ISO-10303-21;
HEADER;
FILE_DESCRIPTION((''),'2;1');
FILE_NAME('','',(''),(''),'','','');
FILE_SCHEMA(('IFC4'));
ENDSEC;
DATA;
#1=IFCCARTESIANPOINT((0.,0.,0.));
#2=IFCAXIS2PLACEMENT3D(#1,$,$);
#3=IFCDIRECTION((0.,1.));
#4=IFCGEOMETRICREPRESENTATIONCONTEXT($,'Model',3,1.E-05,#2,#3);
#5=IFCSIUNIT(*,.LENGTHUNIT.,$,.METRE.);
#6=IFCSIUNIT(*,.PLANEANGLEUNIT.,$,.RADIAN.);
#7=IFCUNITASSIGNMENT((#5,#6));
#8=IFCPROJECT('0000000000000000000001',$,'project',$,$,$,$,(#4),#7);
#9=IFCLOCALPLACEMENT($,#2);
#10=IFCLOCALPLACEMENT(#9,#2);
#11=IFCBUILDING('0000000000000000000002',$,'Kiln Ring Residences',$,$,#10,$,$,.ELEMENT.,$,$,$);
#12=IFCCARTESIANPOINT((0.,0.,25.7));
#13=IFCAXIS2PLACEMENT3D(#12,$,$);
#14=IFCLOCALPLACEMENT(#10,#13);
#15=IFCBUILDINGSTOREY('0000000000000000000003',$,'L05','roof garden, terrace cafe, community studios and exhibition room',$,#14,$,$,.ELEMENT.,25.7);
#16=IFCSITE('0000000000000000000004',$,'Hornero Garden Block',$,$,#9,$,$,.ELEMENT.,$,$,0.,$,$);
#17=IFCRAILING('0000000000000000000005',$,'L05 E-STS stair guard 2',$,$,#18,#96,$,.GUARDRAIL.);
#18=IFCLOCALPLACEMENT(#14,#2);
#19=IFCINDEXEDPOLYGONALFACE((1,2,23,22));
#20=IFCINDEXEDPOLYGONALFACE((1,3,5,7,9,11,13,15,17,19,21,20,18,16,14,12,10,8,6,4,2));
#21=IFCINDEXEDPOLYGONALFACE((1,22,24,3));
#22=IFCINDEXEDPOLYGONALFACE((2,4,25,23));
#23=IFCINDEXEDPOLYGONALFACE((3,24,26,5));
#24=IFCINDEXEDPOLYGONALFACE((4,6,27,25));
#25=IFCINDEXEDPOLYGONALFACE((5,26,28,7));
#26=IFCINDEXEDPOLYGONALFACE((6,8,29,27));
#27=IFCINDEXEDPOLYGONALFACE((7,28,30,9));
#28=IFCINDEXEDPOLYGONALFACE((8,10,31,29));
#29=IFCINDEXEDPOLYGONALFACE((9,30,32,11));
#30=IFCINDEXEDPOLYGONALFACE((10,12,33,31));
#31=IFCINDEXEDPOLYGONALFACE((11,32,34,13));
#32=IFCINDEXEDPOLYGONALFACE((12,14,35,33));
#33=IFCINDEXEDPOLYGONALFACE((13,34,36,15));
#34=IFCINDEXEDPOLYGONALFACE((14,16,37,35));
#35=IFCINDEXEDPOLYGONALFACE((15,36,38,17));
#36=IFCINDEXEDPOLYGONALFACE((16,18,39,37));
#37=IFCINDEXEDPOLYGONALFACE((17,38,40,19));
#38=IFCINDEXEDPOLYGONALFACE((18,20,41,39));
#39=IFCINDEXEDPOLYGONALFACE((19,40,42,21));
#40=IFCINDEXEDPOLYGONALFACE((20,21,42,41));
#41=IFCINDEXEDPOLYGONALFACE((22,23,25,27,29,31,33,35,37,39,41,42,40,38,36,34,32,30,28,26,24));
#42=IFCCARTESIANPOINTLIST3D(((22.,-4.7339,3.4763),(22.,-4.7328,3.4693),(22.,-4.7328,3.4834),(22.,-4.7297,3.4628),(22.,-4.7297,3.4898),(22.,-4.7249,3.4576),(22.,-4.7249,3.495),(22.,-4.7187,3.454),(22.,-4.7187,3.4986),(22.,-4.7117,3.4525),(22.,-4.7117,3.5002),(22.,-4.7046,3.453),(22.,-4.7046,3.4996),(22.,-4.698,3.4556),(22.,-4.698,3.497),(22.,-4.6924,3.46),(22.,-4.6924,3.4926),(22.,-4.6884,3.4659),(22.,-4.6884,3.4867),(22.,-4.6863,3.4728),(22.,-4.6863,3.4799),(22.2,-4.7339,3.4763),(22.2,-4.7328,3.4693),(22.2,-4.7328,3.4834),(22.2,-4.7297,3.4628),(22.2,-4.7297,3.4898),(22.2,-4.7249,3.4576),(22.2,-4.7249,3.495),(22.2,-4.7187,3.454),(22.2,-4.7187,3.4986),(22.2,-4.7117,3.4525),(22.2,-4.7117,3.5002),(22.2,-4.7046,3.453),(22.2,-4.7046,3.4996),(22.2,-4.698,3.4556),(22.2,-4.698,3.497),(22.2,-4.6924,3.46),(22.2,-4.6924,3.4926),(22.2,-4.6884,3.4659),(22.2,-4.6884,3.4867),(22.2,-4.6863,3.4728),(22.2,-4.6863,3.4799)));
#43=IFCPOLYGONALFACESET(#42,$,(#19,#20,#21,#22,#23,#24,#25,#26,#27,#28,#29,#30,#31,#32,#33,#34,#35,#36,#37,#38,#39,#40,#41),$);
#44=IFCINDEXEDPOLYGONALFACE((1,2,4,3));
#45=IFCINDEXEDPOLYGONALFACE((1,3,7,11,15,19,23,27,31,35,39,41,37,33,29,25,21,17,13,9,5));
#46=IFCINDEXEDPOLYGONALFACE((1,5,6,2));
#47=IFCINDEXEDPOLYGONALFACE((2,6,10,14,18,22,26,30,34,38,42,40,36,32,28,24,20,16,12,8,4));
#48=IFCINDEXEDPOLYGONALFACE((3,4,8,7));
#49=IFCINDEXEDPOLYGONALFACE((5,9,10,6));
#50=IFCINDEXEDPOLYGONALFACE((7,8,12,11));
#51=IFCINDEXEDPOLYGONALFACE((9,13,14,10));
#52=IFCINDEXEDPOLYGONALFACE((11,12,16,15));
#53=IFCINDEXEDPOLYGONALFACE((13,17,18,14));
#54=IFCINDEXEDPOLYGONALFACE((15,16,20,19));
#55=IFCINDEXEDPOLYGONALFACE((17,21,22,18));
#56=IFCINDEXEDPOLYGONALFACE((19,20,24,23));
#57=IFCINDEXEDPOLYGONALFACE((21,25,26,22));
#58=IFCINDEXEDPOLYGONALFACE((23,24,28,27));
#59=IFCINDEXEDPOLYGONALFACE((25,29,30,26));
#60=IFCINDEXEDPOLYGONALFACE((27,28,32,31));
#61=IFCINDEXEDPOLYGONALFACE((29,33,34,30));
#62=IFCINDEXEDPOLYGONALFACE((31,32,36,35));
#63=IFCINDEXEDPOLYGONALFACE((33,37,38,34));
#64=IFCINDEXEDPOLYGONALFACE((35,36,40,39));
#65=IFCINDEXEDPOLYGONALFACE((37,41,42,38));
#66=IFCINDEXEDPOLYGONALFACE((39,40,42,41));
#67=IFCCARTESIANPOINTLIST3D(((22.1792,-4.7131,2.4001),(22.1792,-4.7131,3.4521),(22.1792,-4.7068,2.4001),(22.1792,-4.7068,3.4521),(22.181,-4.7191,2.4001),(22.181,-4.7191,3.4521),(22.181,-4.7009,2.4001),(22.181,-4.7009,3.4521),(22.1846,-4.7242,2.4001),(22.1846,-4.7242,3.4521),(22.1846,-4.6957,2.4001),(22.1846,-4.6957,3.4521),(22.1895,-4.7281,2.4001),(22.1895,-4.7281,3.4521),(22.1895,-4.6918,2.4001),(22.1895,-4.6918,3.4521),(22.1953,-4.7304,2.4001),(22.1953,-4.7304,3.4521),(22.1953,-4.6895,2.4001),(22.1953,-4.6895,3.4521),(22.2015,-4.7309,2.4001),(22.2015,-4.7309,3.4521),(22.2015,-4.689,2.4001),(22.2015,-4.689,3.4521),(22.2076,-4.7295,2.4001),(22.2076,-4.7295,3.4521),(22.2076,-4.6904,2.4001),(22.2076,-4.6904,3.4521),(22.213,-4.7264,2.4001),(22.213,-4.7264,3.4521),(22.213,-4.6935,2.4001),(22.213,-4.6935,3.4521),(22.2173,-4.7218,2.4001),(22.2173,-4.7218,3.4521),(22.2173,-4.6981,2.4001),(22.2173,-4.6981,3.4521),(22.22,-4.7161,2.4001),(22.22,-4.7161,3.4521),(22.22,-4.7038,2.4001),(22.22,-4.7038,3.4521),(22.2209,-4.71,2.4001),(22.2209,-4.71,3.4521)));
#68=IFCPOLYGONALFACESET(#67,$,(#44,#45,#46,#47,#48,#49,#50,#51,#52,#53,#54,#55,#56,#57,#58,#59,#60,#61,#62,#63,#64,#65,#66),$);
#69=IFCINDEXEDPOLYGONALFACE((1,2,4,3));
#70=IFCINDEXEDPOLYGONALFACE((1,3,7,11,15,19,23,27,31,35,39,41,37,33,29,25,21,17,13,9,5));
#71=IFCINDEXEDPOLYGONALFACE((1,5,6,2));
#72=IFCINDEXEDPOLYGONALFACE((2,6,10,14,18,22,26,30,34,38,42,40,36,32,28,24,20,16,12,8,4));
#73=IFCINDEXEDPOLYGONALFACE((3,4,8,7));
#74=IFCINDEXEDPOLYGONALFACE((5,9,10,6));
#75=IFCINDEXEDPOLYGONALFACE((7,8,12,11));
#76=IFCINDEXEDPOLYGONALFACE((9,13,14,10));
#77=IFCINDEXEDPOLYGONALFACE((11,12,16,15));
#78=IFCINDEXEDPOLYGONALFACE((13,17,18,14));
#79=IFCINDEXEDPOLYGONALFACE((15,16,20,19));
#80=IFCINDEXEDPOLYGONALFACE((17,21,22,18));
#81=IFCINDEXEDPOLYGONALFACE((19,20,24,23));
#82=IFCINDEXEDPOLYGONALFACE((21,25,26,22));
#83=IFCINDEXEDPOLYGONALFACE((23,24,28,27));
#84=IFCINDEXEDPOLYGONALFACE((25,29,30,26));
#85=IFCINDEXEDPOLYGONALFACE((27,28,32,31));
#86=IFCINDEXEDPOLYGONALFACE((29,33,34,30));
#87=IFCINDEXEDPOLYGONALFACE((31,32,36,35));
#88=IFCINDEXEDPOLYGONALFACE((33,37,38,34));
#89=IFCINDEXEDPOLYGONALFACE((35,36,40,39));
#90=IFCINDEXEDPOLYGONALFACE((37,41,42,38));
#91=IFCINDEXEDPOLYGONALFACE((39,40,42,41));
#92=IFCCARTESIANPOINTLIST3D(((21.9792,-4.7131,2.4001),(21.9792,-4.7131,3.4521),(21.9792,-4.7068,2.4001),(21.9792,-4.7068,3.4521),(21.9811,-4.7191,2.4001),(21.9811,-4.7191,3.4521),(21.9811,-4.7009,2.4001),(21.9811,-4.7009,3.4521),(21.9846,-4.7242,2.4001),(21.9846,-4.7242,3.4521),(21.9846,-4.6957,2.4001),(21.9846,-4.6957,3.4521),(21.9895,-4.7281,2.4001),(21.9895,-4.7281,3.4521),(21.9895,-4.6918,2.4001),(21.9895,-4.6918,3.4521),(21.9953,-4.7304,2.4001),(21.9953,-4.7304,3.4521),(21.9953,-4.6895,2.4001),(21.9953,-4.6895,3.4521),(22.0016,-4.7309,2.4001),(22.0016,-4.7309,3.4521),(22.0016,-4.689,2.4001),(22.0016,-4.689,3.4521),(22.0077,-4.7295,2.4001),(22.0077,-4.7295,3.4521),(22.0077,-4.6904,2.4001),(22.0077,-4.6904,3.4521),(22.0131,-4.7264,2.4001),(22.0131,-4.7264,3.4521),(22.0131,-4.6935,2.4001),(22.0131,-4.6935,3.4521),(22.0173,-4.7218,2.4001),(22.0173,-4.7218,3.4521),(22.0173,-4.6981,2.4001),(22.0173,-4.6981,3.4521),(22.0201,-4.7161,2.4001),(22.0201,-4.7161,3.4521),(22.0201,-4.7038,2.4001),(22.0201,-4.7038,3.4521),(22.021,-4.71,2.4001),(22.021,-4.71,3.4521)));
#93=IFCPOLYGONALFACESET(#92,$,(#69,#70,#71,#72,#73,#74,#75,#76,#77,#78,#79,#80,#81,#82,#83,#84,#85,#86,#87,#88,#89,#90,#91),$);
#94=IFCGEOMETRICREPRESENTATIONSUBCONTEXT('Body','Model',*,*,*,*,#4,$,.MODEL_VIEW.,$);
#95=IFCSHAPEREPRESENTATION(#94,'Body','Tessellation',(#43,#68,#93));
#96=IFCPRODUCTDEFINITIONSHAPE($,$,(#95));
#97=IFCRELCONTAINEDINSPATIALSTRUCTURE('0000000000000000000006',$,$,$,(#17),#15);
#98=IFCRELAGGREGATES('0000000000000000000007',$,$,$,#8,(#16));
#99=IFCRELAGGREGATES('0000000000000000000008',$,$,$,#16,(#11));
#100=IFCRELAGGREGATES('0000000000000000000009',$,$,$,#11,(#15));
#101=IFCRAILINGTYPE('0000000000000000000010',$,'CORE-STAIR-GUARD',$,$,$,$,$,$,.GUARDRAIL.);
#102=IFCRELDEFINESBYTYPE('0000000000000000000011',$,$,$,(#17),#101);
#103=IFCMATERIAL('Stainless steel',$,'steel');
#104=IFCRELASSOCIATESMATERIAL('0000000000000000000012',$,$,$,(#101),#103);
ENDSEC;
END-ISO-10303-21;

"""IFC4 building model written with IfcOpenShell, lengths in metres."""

from ifc_helpers import new_model, si_unit, direction, frame, origin, origin_2d, place, context, subcontext, project, spatial, circle, extrude, material, type_object, element, save


model = new_model("IFC4")

# Units and contexts
model_context = context("Model", 3, precision=1e-05, world=origin(), true_north=direction((0.0, 1.0)))
body_context = subcontext(model_context, "Body", "Model", "MODEL_VIEW")
ifc_project = project(units=[si_unit("LENGTHUNIT", "METRE"), si_unit("PLANEANGLEUNIT", "RADIAN")], contexts=[model_context])

# Site, building, storey
site_placement = place(None, origin())
site = spatial("IfcSite", under=ifc_project, at=site_placement, Name="Hornero Garden Block", CompositionType="ELEMENT", RefElevation=0.0)
building_placement = place(site_placement, origin())
building = spatial("IfcBuilding", under=site, at=building_placement, Name="Kiln Ring Residences", CompositionType="ELEMENT")
storey_placement = place(building_placement, frame((0.0, 0.0, 25.7)))
storey = spatial("IfcBuildingStorey", under=building, at=storey_placement, Name="L05", Description="roof garden, terrace cafe, community studios and exhibition room", CompositionType="ELEMENT", Elevation=25.7)

# Railing
ifc_material_1 = material(Name="Stainless steel", Category="steel")
railing_type_1 = type_object("IfcRailingType", Name="CORE-STAIR-GUARD", PredefinedType="GUARDRAIL", material=ifc_material_1)
railing_1_placement = place(storey_placement, frame((22.2, -4.71, 2.4001)))
element("IfcRailing", 1, at=railing_1_placement, inside=storey, type_object=railing_type_1, Name="L05 E-STS stair guard 2", PredefinedType="GUARDRAIL", context=body_context, shape_type="SweptSolid", body=[
    extrude(circle(Radius=0.0239, at=origin_2d()), frame((0.0, 0.0, 1.0762), z_axis=(-1.0, 0.0, 0.0), x_axis=(0.0, -1.0, 0.0)), (0.0, 0.0, 1.0), 0.2),
    extrude(circle(Radius=0.021, at=origin_2d()), origin(), (0.0, 0.0, 1.0), 1.052),
    extrude(circle(Radius=0.021, at=origin_2d()), frame((-0.2, 0.0, 0.0)), (0.0, 0.0, 1.0), 1.052),
])

save(model, "model.ifc")
